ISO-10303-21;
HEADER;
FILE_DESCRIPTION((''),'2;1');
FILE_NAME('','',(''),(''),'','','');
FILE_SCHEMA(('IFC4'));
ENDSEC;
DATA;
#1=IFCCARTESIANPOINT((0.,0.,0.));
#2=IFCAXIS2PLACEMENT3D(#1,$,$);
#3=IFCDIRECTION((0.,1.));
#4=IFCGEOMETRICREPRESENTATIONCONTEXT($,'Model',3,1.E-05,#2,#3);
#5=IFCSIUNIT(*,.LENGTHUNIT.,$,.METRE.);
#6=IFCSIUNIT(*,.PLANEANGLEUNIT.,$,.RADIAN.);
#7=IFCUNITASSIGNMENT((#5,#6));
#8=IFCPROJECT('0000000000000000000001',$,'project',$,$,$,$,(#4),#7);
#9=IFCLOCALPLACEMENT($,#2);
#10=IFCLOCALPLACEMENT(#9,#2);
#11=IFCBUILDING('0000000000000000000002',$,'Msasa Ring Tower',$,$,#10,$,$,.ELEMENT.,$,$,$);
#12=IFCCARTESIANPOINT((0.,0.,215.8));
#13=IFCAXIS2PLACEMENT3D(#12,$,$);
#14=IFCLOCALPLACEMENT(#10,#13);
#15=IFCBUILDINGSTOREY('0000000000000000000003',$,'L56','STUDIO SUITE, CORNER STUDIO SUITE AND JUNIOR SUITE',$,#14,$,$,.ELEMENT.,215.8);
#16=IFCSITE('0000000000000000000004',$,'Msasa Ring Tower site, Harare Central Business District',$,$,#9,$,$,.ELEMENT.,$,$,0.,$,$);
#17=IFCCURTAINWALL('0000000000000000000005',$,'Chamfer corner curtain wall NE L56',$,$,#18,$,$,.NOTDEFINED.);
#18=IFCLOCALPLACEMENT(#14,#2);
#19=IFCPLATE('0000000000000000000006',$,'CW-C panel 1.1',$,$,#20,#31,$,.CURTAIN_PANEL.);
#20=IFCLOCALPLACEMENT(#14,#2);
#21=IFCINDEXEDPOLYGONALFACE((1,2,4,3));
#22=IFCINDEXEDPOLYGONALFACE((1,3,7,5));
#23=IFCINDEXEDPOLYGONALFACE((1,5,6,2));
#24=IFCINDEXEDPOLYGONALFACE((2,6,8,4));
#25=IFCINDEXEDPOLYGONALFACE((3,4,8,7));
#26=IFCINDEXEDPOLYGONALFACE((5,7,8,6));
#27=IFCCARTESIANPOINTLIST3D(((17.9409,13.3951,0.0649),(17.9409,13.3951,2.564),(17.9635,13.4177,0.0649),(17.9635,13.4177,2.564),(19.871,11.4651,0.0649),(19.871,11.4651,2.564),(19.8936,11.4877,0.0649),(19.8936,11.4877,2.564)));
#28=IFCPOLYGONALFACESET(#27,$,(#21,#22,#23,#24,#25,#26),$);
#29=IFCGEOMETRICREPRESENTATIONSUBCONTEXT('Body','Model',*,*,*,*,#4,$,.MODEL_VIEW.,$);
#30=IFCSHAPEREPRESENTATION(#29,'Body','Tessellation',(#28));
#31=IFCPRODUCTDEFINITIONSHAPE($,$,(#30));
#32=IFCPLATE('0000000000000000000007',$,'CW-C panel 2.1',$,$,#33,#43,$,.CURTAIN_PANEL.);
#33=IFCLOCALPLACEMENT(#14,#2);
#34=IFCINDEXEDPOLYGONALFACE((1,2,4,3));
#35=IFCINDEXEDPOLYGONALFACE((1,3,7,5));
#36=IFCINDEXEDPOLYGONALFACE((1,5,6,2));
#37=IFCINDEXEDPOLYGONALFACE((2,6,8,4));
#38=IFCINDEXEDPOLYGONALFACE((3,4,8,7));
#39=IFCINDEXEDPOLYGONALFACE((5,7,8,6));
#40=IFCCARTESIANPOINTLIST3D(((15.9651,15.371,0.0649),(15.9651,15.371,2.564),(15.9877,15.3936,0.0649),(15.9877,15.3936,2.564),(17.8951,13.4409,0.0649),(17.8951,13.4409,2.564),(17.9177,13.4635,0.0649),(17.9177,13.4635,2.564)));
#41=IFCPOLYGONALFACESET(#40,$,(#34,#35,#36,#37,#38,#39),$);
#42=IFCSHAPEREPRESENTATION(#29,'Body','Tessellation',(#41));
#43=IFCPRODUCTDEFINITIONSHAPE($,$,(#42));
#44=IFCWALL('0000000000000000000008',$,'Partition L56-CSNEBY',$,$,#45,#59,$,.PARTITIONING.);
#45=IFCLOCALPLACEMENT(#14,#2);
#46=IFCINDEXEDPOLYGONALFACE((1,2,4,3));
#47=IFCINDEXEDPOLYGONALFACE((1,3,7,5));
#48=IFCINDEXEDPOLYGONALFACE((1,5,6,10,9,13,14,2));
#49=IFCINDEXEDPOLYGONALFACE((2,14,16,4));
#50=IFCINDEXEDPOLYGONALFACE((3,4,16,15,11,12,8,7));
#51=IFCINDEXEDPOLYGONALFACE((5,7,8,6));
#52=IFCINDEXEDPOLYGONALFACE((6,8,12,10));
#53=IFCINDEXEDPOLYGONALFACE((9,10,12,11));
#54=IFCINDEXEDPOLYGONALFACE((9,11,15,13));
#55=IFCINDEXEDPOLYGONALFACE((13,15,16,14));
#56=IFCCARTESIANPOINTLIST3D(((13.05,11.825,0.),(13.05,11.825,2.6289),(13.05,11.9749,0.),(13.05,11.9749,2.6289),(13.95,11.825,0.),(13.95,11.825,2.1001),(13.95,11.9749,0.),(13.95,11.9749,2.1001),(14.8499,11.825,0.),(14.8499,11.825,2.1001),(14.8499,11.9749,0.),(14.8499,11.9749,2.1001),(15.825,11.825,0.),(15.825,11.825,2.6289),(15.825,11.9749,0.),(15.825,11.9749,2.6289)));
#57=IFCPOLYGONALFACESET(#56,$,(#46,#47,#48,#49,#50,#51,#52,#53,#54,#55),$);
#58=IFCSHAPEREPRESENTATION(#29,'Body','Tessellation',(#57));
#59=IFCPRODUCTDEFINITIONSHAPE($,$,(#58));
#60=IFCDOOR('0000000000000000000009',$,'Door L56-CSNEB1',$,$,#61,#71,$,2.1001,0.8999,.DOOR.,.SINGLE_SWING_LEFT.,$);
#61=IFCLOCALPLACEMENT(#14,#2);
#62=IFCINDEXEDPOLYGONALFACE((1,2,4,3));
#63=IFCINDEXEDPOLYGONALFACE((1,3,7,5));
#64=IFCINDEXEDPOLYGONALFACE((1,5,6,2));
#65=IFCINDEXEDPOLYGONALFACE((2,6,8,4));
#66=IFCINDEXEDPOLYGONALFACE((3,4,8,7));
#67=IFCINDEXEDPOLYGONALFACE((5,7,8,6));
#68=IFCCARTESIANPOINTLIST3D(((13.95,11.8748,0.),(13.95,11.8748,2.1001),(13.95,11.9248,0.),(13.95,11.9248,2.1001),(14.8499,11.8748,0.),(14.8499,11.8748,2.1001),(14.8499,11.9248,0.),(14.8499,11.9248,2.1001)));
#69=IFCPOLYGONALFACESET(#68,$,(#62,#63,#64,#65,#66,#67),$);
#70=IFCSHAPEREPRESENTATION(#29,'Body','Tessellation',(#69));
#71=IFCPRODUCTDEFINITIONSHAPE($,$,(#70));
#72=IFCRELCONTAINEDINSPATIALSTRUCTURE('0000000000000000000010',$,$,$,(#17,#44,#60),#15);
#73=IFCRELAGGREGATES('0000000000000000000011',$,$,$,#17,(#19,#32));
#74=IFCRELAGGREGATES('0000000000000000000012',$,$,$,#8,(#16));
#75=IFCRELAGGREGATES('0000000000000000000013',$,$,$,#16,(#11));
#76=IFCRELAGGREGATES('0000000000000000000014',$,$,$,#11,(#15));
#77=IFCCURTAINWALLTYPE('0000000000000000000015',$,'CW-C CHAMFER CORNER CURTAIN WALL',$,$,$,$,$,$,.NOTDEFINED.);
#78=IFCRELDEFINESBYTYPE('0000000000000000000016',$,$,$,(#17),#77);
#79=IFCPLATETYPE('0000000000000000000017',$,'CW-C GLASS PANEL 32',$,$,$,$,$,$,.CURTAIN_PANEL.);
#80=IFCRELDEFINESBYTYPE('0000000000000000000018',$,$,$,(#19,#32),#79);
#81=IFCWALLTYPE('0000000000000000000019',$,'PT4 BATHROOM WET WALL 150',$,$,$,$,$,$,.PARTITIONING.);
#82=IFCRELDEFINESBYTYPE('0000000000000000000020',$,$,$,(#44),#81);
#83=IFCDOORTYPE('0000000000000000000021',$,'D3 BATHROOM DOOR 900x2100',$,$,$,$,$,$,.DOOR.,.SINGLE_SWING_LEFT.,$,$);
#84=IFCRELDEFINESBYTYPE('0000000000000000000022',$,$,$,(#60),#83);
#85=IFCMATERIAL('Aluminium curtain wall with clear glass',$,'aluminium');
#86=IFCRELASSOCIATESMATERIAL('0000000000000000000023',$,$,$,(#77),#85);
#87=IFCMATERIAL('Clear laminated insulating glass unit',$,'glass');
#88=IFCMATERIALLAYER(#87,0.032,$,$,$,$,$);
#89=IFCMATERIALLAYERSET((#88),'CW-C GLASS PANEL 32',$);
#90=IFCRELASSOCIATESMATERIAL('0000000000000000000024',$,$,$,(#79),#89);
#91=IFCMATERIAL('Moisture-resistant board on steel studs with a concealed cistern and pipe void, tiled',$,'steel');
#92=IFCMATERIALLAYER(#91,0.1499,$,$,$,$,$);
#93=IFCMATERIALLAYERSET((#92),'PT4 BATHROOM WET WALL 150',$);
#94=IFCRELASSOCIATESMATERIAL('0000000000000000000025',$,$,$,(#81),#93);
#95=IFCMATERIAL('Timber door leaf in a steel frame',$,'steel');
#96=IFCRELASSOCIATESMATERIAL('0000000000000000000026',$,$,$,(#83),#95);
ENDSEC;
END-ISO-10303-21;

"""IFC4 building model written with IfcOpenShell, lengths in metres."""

from ifc_helpers import new_model, si_unit, direction, frame, frame_2d, origin, origin_2d, place, context, subcontext, project, spatial, rectangle, extrude, material, layer, layer_set, type_object, element, fill, aggregate, save


model = new_model("IFC4")

# Units and contexts
model_context = context("Model", 3, precision=1e-05, world=origin(), true_north=direction((0.0, 1.0)))
body_context = subcontext(model_context, "Body", "Model", "MODEL_VIEW")
ifc_project = project(units=[si_unit("LENGTHUNIT", "METRE"), si_unit("PLANEANGLEUNIT", "RADIAN")], contexts=[model_context])

# Site, building, storey
site_placement = place(None, origin())
site = spatial("IfcSite", under=ifc_project, at=site_placement, Name="Msasa Ring Tower site, Harare Central Business District", CompositionType="ELEMENT", RefElevation=0.0)
building_placement = place(site_placement, origin())
building = spatial("IfcBuilding", under=site, at=building_placement, Name="Msasa Ring Tower", CompositionType="ELEMENT")
storey_placement = place(building_placement, frame((0.0, 0.0, 215.8)))
storey = spatial("IfcBuildingStorey", under=building, at=storey_placement, Name="L56", Description="STUDIO SUITE, CORNER STUDIO SUITE AND JUNIOR SUITE", CompositionType="ELEMENT", Elevation=215.8)

# Curtain wall
ifc_material_1 = material(Name="Aluminium curtain wall with clear glass", Category="aluminium")
curtain_wall_type = type_object("IfcCurtainWallType", Name="CW-C CHAMFER CORNER CURTAIN WALL", PredefinedType="NOTDEFINED", material=ifc_material_1)
curtain_wall_1_placement = place(storey_placement, origin())
curtain_wall_1 = element("IfcCurtainWall", 1, at=curtain_wall_1_placement, inside=storey, type_object=curtain_wall_type, Name="Chamfer corner curtain wall NE L56", PredefinedType="NOTDEFINED")

# Plates
ifc_material_2 = material(Name="Clear laminated insulating glass unit", Category="glass")
ifc_layer_1 = layer(ifc_material_2, 0.032)
ifc_layer_set_1 = layer_set([ifc_layer_1], Name="CW-C GLASS PANEL 32")
plate_type = type_object("IfcPlateType", Name="CW-C GLASS PANEL 32", PredefinedType="CURTAIN_PANEL", material=ifc_layer_set_1)
plate_1_placement = place(storey_placement, frame((18.9172, 12.4414, 0.0649), z_axis=(0.0, 0.0, 1.0), x_axis=(-0.707107, 0.707107, 0.0)))
plate_1 = element("IfcPlate", 2, at=plate_1_placement, type_object=plate_type, Name="CW-C panel 1.1", PredefinedType="CURTAIN_PANEL", context=body_context, shape_type="SweptSolid", body=[
    extrude(rectangle(XDim=2.7295, YDim=0.032, at=origin_2d()), origin(), (0.0, 0.0, 1.0), 2.499),
])
plate_2_placement = place(storey_placement, frame((16.9414, 14.4172, 0.0649), z_axis=(0.0, 0.0, 1.0), x_axis=(-0.707107, 0.707107, 0.0)))
plate_2 = element("IfcPlate", 3, at=plate_2_placement, type_object=plate_type, Name="CW-C panel 2.1", PredefinedType="CURTAIN_PANEL", context=body_context, shape_type="SweptSolid", body=[
    extrude(rectangle(XDim=2.7295, YDim=0.032, at=origin_2d()), origin(), (0.0, 0.0, 1.0), 2.499),
])
aggregate(curtain_wall_1, [plate_1, plate_2])

# Wall, opening, door
ifc_material_3 = material(Name="Moisture-resistant board on steel studs with a concealed cistern and pipe void, tiled", Category="steel")
ifc_layer_2 = layer(ifc_material_3, 0.1499)
ifc_layer_set_2 = layer_set([ifc_layer_2], Name="PT4 BATHROOM WET WALL 150")
wall_type = type_object("IfcWallType", Name="PT4 BATHROOM WET WALL 150", PredefinedType="PARTITIONING", material=ifc_layer_set_2)
wall_placement = place(storey_placement, frame((13.05, 11.8999, 0.0), z_axis=(0.0, 0.0, 1.0), x_axis=(1.0, 0.0, 0.0)))
wall = element("IfcWall", 4, at=wall_placement, inside=storey, type_object=wall_type, Name="Partition L56-CSNEBY", PredefinedType="PARTITIONING", context=body_context, shape_type="SweptSolid", body=[
    extrude(rectangle(XDim=2.7749, YDim=0.1499, at=frame_2d((1.3875, 0.0))), origin(), (0.0, 0.0, 1.0), 2.6289),
])
opening_placement = place(wall_placement, frame((0.8999, 0.0, 0.0)))
opening = element("IfcOpeningElement", 5, at=opening_placement, cuts=wall, PredefinedType="OPENING", context=body_context, shape_type="SweptSolid", body=[
    extrude(rectangle(XDim=0.8999, YDim=2.1001, at=frame_2d((0.45, 1.05))), frame((0.0, 0.085, 0.0), z_axis=(0.0, -1.0, 0.0), x_axis=(1.0, 0.0, 0.0)), (0.0, 0.0, 1.0), 0.1699),
])
ifc_material_4 = material(Name="Timber door leaf in a steel frame", Category="steel")
door_type = type_object("IfcDoorType", Name="D3 BATHROOM DOOR 900x2100", OperationType="SINGLE_SWING_LEFT", PredefinedType="DOOR", material=ifc_material_4)
door_placement = place(opening_placement, origin())
door = element("IfcDoor", 6, at=door_placement, inside=storey, type_object=door_type, Name="Door L56-CSNEB1", OperationType="SINGLE_SWING_LEFT", OverallHeight=2.1001, OverallWidth=0.8999, PredefinedType="DOOR", context=body_context, shape_type="SweptSolid", body=[
    extrude(rectangle(XDim=0.8999, YDim=2.1001, at=frame_2d((0.45, 1.05))), frame((0.0, 0.0249, 0.0), z_axis=(0.0, -1.0, 0.0), x_axis=(1.0, 0.0, 0.0)), (0.0, 0.0, 1.0), 0.05),
])
fill(opening, door)

save(model, "model.ifc")
